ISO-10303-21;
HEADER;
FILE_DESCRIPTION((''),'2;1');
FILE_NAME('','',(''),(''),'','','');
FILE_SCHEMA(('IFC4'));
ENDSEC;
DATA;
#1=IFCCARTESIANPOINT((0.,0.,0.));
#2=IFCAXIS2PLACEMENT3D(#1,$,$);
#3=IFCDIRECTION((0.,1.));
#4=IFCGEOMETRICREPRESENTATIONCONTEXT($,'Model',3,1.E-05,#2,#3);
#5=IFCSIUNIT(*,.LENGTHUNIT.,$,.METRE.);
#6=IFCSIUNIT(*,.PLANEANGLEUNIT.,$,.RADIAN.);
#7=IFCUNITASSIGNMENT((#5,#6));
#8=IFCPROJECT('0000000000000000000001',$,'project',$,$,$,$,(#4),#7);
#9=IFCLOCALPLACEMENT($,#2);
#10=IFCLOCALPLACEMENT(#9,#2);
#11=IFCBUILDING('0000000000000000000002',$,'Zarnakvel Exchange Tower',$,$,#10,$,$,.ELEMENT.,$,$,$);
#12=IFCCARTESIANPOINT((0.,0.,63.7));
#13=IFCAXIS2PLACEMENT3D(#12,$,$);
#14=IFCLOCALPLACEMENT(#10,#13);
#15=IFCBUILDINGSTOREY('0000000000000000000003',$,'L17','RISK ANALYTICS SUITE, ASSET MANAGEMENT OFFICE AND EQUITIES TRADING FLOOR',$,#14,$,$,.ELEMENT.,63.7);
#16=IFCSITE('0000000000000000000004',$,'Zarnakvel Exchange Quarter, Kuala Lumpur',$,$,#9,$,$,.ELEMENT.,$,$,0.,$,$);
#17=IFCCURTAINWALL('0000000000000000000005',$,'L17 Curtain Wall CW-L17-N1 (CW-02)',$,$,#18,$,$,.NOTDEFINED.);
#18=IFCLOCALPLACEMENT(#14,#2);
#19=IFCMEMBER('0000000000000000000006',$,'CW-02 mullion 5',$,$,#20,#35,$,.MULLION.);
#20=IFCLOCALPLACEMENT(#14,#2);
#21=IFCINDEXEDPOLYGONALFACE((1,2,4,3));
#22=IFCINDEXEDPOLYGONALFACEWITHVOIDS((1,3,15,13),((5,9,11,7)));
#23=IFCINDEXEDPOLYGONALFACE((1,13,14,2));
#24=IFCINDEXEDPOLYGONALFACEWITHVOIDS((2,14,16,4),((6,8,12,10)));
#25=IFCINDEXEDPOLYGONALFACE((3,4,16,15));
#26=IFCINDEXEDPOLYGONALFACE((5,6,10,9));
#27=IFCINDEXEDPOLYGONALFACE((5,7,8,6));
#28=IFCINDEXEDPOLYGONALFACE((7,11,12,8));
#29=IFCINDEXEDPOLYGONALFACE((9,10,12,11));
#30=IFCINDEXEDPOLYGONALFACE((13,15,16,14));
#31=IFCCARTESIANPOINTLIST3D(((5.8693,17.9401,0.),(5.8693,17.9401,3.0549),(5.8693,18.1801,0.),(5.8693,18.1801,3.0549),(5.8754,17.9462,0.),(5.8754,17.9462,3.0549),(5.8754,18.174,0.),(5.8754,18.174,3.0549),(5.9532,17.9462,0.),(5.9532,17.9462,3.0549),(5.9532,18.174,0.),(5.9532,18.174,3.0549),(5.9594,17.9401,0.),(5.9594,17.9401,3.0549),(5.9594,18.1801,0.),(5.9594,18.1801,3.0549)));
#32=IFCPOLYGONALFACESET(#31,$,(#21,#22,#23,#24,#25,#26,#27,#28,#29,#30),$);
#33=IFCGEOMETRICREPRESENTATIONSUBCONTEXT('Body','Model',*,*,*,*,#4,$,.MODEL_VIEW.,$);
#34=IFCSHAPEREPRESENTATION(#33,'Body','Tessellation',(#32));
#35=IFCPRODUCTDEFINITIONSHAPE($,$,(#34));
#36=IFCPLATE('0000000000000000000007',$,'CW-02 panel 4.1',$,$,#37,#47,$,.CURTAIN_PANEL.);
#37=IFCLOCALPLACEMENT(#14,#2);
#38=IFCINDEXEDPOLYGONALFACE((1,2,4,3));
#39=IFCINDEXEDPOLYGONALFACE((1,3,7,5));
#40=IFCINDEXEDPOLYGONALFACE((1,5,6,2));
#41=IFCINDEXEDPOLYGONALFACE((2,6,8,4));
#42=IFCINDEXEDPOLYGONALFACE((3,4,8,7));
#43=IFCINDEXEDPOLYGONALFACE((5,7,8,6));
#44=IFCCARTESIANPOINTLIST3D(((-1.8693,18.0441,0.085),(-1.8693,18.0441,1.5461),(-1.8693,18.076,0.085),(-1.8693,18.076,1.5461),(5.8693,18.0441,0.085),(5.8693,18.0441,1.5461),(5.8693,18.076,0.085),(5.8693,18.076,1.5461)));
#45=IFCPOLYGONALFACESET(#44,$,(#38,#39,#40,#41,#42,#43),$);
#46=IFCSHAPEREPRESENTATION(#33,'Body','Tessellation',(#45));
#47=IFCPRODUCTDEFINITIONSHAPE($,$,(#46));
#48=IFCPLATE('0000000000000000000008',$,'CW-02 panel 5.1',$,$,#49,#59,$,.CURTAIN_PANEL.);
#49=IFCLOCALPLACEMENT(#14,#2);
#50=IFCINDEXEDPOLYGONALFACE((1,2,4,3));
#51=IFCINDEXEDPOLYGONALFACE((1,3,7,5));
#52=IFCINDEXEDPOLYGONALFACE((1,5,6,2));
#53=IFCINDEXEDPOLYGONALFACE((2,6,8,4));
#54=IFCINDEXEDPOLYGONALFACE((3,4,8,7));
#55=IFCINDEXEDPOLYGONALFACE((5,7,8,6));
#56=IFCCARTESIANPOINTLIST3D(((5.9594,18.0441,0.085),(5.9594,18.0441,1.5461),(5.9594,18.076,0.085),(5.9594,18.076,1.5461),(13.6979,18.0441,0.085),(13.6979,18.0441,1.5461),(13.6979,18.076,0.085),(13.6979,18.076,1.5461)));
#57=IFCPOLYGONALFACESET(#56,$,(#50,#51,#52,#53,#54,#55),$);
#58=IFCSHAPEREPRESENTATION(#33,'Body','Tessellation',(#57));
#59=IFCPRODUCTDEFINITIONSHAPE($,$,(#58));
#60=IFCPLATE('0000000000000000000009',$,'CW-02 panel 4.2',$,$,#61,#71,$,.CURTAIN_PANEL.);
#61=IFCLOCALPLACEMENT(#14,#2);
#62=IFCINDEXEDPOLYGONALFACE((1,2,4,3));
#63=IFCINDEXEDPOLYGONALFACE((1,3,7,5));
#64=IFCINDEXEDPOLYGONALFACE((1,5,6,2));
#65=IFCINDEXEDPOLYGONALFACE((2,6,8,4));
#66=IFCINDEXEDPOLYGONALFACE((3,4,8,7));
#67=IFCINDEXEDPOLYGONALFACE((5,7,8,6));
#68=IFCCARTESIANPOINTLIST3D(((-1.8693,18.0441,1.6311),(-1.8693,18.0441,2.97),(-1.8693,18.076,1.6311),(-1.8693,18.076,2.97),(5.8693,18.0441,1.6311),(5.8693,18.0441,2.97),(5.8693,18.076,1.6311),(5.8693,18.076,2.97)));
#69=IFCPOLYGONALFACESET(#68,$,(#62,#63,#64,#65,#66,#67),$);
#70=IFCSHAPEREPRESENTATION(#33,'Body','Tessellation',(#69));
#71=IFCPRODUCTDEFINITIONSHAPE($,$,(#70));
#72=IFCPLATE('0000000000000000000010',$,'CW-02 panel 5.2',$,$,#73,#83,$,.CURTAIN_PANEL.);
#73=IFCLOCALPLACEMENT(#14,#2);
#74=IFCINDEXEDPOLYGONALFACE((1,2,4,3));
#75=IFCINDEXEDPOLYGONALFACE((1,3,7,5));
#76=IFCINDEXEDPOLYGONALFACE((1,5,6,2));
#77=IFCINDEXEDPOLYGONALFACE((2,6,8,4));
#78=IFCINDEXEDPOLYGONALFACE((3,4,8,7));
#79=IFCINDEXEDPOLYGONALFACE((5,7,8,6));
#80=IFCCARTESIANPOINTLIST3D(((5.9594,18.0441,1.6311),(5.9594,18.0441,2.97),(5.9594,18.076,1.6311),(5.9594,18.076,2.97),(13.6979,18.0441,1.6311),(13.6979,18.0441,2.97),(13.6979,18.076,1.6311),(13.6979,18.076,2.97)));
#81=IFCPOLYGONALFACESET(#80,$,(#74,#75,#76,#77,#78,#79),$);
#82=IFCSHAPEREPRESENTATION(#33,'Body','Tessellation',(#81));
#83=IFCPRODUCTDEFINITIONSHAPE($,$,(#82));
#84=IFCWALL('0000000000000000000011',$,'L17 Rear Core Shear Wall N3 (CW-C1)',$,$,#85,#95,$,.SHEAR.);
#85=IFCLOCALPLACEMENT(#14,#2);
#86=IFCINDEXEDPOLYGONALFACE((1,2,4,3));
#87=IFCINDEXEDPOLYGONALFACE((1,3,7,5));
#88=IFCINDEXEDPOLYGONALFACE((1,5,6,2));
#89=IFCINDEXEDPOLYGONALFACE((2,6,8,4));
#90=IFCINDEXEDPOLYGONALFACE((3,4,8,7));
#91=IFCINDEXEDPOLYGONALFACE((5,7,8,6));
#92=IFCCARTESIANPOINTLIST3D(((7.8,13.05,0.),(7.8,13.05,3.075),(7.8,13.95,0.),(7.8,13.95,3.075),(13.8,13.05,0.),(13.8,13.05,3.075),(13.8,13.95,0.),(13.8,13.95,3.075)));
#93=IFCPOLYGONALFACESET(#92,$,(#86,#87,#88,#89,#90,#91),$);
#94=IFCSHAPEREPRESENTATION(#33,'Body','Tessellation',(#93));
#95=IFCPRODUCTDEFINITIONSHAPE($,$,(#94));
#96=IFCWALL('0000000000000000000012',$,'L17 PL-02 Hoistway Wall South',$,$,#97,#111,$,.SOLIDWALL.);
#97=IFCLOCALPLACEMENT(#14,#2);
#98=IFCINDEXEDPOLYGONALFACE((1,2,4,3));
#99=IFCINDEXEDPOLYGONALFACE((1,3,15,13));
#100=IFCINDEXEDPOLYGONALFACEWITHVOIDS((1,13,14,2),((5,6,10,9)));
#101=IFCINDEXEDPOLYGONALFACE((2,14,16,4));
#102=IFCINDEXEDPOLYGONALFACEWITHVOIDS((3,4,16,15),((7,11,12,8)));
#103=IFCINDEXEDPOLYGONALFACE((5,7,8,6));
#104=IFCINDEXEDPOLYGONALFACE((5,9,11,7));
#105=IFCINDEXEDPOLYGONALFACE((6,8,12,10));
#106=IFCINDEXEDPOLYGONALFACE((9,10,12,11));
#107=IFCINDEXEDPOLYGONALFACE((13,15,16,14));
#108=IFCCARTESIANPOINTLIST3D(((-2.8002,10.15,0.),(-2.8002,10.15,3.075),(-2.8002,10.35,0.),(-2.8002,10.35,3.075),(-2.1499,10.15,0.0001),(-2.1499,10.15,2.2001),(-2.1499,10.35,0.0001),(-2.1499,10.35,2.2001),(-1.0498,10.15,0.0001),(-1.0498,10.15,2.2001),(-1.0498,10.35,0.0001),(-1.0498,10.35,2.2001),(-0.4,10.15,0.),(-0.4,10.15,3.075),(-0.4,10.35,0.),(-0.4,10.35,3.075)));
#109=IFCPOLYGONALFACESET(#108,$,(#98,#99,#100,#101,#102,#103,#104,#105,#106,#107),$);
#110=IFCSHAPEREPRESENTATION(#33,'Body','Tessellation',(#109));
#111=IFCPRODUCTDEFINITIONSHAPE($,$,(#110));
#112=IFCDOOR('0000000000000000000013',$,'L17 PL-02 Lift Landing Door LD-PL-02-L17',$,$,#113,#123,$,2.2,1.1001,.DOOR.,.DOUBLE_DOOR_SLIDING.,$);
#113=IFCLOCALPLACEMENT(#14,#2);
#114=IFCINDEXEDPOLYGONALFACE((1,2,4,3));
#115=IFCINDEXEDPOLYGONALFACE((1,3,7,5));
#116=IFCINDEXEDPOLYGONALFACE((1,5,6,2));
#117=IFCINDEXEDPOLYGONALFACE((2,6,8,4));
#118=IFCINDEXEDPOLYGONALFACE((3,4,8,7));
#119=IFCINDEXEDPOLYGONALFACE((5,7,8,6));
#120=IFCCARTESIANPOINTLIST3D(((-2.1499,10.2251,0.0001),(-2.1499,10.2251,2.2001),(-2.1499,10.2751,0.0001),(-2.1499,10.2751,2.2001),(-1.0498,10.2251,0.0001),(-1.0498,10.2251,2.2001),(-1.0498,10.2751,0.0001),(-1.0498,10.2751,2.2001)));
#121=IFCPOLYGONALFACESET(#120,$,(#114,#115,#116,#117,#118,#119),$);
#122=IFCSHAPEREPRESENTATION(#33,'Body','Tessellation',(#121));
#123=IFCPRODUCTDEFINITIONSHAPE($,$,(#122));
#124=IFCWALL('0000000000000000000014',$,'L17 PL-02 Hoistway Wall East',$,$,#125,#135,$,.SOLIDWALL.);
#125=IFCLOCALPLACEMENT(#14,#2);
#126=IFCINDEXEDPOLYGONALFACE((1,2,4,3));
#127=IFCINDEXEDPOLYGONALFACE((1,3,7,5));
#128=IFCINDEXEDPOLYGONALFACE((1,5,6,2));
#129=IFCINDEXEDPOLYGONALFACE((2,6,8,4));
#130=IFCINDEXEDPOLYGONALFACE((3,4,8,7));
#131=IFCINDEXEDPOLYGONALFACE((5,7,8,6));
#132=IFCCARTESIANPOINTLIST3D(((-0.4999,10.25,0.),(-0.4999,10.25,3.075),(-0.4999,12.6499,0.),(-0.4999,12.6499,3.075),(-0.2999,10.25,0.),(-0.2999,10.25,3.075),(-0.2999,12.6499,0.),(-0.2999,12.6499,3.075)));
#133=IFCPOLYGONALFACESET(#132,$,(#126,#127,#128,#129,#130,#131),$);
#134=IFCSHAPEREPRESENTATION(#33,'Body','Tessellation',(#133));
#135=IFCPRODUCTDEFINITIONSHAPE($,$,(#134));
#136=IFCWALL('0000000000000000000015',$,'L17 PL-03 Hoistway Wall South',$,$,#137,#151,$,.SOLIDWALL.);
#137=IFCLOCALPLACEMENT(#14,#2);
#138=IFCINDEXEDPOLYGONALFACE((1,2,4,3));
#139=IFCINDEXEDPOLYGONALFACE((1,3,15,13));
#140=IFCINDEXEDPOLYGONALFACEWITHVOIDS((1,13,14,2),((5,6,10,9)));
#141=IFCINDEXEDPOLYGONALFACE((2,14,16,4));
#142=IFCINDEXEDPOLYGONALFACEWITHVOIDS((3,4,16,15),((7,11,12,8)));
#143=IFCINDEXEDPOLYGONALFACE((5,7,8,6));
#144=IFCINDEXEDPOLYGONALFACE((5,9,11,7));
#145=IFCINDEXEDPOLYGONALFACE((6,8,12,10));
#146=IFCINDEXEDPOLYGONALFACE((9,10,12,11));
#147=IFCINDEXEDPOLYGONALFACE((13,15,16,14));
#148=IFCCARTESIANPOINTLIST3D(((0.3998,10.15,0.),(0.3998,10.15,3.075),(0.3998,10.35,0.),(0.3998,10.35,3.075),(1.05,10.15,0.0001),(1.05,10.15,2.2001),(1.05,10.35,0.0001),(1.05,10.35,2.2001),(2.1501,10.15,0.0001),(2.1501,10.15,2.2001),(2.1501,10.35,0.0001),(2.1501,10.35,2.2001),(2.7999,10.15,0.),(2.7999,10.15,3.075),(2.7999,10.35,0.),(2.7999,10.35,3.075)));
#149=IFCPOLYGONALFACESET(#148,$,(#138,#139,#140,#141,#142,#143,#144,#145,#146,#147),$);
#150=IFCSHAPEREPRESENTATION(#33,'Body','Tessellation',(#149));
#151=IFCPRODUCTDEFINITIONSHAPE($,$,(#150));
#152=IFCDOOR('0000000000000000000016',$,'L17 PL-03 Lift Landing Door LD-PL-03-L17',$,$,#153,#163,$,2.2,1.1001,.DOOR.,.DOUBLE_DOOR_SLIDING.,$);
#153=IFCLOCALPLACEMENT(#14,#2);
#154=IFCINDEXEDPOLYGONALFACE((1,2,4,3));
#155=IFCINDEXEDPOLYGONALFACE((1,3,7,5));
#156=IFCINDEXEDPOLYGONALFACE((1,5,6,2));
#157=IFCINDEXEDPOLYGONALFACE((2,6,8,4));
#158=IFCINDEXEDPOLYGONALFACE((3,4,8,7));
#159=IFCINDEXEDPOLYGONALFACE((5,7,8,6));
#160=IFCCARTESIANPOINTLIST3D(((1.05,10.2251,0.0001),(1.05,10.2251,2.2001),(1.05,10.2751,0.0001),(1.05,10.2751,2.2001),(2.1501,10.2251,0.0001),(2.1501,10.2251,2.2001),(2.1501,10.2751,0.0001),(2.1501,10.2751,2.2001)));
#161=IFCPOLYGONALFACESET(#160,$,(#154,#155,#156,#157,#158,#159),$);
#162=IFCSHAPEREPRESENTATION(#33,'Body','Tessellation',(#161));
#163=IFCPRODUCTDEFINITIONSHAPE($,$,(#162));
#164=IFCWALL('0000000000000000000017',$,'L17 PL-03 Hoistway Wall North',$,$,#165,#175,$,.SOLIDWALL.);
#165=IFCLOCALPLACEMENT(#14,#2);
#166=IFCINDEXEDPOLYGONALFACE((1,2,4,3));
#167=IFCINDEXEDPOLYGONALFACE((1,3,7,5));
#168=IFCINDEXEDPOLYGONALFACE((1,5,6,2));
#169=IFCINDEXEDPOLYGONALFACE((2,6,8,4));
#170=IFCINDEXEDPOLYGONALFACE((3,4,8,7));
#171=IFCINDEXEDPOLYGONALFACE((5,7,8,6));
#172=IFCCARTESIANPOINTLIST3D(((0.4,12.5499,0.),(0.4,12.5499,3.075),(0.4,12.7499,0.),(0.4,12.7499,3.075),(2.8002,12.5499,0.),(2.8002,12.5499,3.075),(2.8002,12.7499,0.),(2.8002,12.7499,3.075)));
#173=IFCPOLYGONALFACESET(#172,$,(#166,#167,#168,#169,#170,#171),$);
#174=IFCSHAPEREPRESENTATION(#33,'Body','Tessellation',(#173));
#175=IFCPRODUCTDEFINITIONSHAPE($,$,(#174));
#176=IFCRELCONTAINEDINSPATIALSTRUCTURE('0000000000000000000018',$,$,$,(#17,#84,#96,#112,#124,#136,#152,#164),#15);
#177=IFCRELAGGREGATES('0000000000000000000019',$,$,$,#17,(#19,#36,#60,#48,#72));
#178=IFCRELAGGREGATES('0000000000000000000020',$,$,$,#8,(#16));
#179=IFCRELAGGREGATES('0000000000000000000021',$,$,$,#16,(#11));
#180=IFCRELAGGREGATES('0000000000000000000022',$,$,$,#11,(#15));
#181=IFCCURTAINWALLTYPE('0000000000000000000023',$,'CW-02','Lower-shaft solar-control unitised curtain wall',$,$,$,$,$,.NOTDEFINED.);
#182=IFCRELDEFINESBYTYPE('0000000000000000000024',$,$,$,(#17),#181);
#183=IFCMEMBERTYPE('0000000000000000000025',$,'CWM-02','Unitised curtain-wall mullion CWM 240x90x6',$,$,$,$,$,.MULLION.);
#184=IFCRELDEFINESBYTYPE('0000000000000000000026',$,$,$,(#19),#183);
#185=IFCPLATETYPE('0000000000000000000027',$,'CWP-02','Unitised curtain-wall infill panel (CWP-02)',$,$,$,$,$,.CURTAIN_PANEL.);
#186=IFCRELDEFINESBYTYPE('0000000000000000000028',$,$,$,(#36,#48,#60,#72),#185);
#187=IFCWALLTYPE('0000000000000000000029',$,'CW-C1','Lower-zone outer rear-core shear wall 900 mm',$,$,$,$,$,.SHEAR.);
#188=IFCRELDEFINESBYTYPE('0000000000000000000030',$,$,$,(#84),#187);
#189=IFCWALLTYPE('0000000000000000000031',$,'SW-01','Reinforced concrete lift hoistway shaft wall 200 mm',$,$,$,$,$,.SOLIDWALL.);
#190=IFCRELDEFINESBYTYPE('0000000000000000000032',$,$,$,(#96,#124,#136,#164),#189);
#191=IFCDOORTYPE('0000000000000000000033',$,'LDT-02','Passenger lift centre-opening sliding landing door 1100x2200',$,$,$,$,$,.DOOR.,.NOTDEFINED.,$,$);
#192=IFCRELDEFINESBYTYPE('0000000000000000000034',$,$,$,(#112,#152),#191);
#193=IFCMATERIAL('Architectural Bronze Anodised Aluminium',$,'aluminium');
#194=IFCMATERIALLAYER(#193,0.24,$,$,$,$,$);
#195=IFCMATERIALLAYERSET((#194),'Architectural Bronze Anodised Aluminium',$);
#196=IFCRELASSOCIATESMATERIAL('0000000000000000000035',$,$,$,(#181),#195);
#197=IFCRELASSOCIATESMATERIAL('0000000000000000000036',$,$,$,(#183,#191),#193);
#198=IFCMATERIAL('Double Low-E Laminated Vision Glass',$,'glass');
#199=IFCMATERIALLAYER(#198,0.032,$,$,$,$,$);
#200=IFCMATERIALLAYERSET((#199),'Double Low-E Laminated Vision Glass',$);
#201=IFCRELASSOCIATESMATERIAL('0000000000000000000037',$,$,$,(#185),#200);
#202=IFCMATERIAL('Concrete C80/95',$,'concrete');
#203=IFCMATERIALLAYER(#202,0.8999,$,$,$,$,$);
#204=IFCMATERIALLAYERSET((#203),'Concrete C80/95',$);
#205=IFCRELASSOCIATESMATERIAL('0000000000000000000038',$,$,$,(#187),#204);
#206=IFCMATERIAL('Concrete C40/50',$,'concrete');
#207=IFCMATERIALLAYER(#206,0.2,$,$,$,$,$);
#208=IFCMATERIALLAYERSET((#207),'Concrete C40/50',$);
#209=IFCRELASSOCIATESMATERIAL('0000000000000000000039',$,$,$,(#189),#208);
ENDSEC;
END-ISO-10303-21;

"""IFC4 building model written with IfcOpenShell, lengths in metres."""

from ifc_helpers import new_model, si_unit, direction, frame, frame_2d, origin, origin_2d, place, context, subcontext, project, spatial, rectangle, hollow_rectangle, extrude, source, transform, mapped, material, layer, layer_set, material_profile, profile_set, type_object, element, fill, aggregate, save


model = new_model("IFC4")

# Units and contexts
model_context = context("Model", 3, precision=1e-05, world=origin(), true_north=direction((0.0, 1.0)))
body_context = subcontext(model_context, "Body", "Model", "MODEL_VIEW")
ifc_project = project(units=[si_unit("LENGTHUNIT", "METRE"), si_unit("PLANEANGLEUNIT", "RADIAN")], contexts=[model_context])

# Site, building, storey
site_placement = place(None, origin())
site = spatial("IfcSite", under=ifc_project, at=site_placement, Name="Zarnakvel Exchange Quarter, Kuala Lumpur", CompositionType="ELEMENT", RefElevation=0.0)
building_placement = place(site_placement, origin())
building = spatial("IfcBuilding", under=site, at=building_placement, Name="Zarnakvel Exchange Tower", CompositionType="ELEMENT")
storey_placement = place(building_placement, frame((0.0, 0.0, 63.7)))
storey = spatial("IfcBuildingStorey", under=building, at=storey_placement, Name="L17", Description="RISK ANALYTICS SUITE, ASSET MANAGEMENT OFFICE AND EQUITIES TRADING FLOOR", CompositionType="ELEMENT", Elevation=63.7)

# Shared definitions
ifc_material_1 = material(Name="Concrete C80/95", Category="concrete")

# Curtain wall, member, plates
ifc_material_2 = material(Name="Architectural Bronze Anodised Aluminium", Category="aluminium")
ifc_layer_1 = layer(ifc_material_2, 0.24)
ifc_layer_set_1 = layer_set([ifc_layer_1], Name="Architectural Bronze Anodised Aluminium")
curtain_wall_type = type_object("IfcCurtainWallType", Name="CW-02", Description="Lower-shaft solar-control unitised curtain wall", PredefinedType="NOTDEFINED", material=ifc_layer_set_1)
curtain_wall_placement = place(storey_placement, origin())
curtain_wall = element("IfcCurtainWall", 1, at=curtain_wall_placement, inside=storey, type_object=curtain_wall_type, Name="L17 Curtain Wall CW-L17-N1 (CW-02)", PredefinedType="NOTDEFINED")
ifc_material_profile_1 = material_profile(ifc_material_2, hollow_rectangle(XDim=0.24, YDim=0.0901, WallThickness=0.0061, at=origin_2d()))
ifc_profile_set_1 = profile_set([ifc_material_profile_1], Name="Architectural Bronze Anodised Aluminium")
member_type_1 = type_object("IfcMemberType", Name="CWM-02", Description="Unitised curtain-wall mullion CWM 240x90x6", PredefinedType="MULLION", material=ifc_profile_set_1)
shared_shape_1 = source(origin(), body_context, "Body", "SweptSolid", [
    extrude(hollow_rectangle(XDim=0.24, YDim=0.0901, WallThickness=0.0061, at=origin_2d()), origin(), (0.0, 0.0, 1.0), 3.0549),
])
member_1_placement = place(storey_placement, frame((5.9143, 18.0601, 0.0), z_axis=(0.0, 0.0, 1.0), x_axis=(0.0, 1.0, 0.0)))
member_1 = element("IfcMember", 2, at=member_1_placement, type_object=member_type_1, Name="CW-02 mullion 5", PredefinedType="MULLION", context=body_context, shape_type="MappedRepresentation", body=[
    mapped(shared_shape_1, transform((0.0, 0.0, 0.0), x_axis=(1.0, 0.0, 0.0), y_axis=(0.0, 1.0, 0.0), z_axis=(0.0, 0.0, 1.0), scale=1.0)),
])
ifc_material_3 = material(Name="Double Low-E Laminated Vision Glass", Category="glass")
ifc_layer_2 = layer(ifc_material_3, 0.032)
ifc_layer_set_2 = layer_set([ifc_layer_2], Name="Double Low-E Laminated Vision Glass")
plate_type = type_object("IfcPlateType", Name="CWP-02", Description="Unitised curtain-wall infill panel (CWP-02)", PredefinedType="CURTAIN_PANEL", material=ifc_layer_set_2)
shared_shape_2 = source(origin(), body_context, "Body", "SweptSolid", [
    extrude(rectangle(XDim=7.7385, YDim=0.032, at=origin_2d()), origin(), (0.0, 0.0, 1.0), 1.4612),
])
plate_1_placement = place(storey_placement, frame((2.0, 18.0601, 0.085), z_axis=(0.0, 0.0, 1.0), x_axis=(1.0, 0.0, 0.0)))
plate_1 = element("IfcPlate", 3, at=plate_1_placement, type_object=plate_type, Name="CW-02 panel 4.1", PredefinedType="CURTAIN_PANEL", context=body_context, shape_type="MappedRepresentation", body=[
    mapped(shared_shape_2, transform((0.0, 0.0, 0.0), x_axis=(1.0, 0.0, 0.0), y_axis=(0.0, 1.0, 0.0), z_axis=(0.0, 0.0, 1.0), scale=1.0)),
])
plate_2_placement = place(storey_placement, frame((9.8286, 18.0601, 0.085), z_axis=(0.0, 0.0, 1.0), x_axis=(1.0, 0.0, 0.0)))
plate_2 = element("IfcPlate", 4, at=plate_2_placement, type_object=plate_type, Name="CW-02 panel 5.1", PredefinedType="CURTAIN_PANEL", context=body_context, shape_type="MappedRepresentation", body=[
    mapped(shared_shape_2, transform((0.0, 0.0, 0.0), x_axis=(1.0, 0.0, 0.0), y_axis=(0.0, 1.0, 0.0), z_axis=(0.0, 0.0, 1.0), scale=1.0)),
])
shared_shape_3 = source(origin(), body_context, "Body", "SweptSolid", [
    extrude(rectangle(XDim=7.7385, YDim=0.032, at=origin_2d()), origin(), (0.0, 0.0, 1.0), 1.3389),
])
plate_3_placement = place(storey_placement, frame((2.0, 18.0601, 1.6311), z_axis=(0.0, 0.0, 1.0), x_axis=(1.0, 0.0, 0.0)))
plate_3 = element("IfcPlate", 5, at=plate_3_placement, type_object=plate_type, Name="CW-02 panel 4.2", PredefinedType="CURTAIN_PANEL", context=body_context, shape_type="MappedRepresentation", body=[
    mapped(shared_shape_3, transform((0.0, 0.0, 0.0), x_axis=(1.0, 0.0, 0.0), y_axis=(0.0, 1.0, 0.0), z_axis=(0.0, 0.0, 1.0), scale=1.0)),
])
plate_4_placement = place(storey_placement, frame((9.8286, 18.0601, 1.6311), z_axis=(0.0, 0.0, 1.0), x_axis=(1.0, 0.0, 0.0)))
plate_4 = element("IfcPlate", 6, at=plate_4_placement, type_object=plate_type, Name="CW-02 panel 5.2", PredefinedType="CURTAIN_PANEL", context=body_context, shape_type="MappedRepresentation", body=[
    mapped(shared_shape_3, transform((0.0, 0.0, 0.0), x_axis=(1.0, 0.0, 0.0), y_axis=(0.0, 1.0, 0.0), z_axis=(0.0, 0.0, 1.0), scale=1.0)),
])
aggregate(curtain_wall, [member_1, plate_1, plate_3, plate_2, plate_4])

# Wall
ifc_layer_3 = layer(ifc_material_1, 0.8999)
ifc_layer_set_3 = layer_set([ifc_layer_3], Name="Concrete C80/95")
wall_type_1 = type_object("IfcWallType", Name="CW-C1", Description="Lower-zone outer rear-core shear wall 900 mm", PredefinedType="SHEAR", material=ifc_layer_set_3)
wall_1_placement = place(storey_placement, frame((7.8, 13.5, 0.0), z_axis=(0.0, 0.0, 1.0), x_axis=(1.0, 0.0, 0.0)))
element("IfcWall", 7, at=wall_1_placement, inside=storey, type_object=wall_type_1, Name="L17 Rear Core Shear Wall N3 (CW-C1)", PredefinedType="SHEAR", context=body_context, shape_type="SweptSolid", body=[
    extrude(rectangle(XDim=6.0, YDim=0.8999, at=frame_2d((3.0, 0.0))), origin(), (0.0, 0.0, 1.0), 3.075),
])

# Wall, opening, door
ifc_material_4 = material(Name="Concrete C40/50", Category="concrete")
ifc_layer_4 = layer(ifc_material_4, 0.2)
ifc_layer_set_4 = layer_set([ifc_layer_4], Name="Concrete C40/50")
wall_type_2 = type_object("IfcWallType", Name="SW-01", Description="Reinforced concrete lift hoistway shaft wall 200 mm", PredefinedType="SOLIDWALL", material=ifc_layer_set_4)
wall_2_placement = place(storey_placement, frame((-0.3999, 10.25, 0.0), z_axis=(0.0, 0.0, 1.0), x_axis=(-1.0, 0.0, 0.0)))
wall_2 = element("IfcWall", 8, at=wall_2_placement, inside=storey, type_object=wall_type_2, Name="L17 PL-02 Hoistway Wall South", PredefinedType="SOLIDWALL", context=body_context, shape_type="SweptSolid", body=[
    extrude(rectangle(XDim=2.4001, YDim=0.2, at=frame_2d((1.2002, 0.0))), origin(), (0.0, 0.0, 1.0), 3.075),
])
opening_1_placement = place(wall_2_placement, frame((0.6499, 0.0, 0.0)))
opening_1 = element("IfcOpeningElement", 9, at=opening_1_placement, cuts=wall_2, PredefinedType="OPENING", context=body_context, shape_type="SweptSolid", body=[
    extrude(rectangle(XDim=1.1001, YDim=2.2, at=frame_2d((0.55, 1.1001))), frame((0.0, 0.1099, 0.0), z_axis=(0.0, -1.0, 0.0), x_axis=(1.0, 0.0, 0.0)), (0.0, 0.0, 1.0), 0.22),
])
door_type = type_object("IfcDoorType", Name="LDT-02", Description="Passenger lift centre-opening sliding landing door 1100x2200", OperationType="NOTDEFINED", PredefinedType="DOOR", material=ifc_material_2)
shared_shape_4 = source(origin(), body_context, "Body", "SweptSolid", [
    extrude(rectangle(XDim=1.1001, YDim=2.2, at=frame_2d((0.55, 1.1001))), frame((0.0, 0.0249, 0.0), z_axis=(0.0, -1.0, 0.0), x_axis=(1.0, 0.0, 0.0)), (0.0, 0.0, 1.0), 0.05),
])
door_1_placement = place(opening_1_placement, origin())
door_1 = element("IfcDoor", 10, at=door_1_placement, inside=storey, type_object=door_type, Name="L17 PL-02 Lift Landing Door LD-PL-02-L17", OperationType="DOUBLE_DOOR_SLIDING", OverallHeight=2.2, OverallWidth=1.1001, PredefinedType="DOOR", context=body_context, shape_type="MappedRepresentation", body=[
    mapped(shared_shape_4, transform((0.0, 0.0, 0.0), x_axis=(1.0, 0.0, 0.0), y_axis=(0.0, 1.0, 0.0), z_axis=(0.0, 0.0, 1.0), scale=1.0)),
])
fill(opening_1, door_1)

# Wall
wall_3_placement = place(storey_placement, frame((-0.3999, 12.6499, 0.0), z_axis=(0.0, 0.0, 1.0), x_axis=(0.0, -1.0, 0.0)))
element("IfcWall", 11, at=wall_3_placement, inside=storey, type_object=wall_type_2, Name="L17 PL-02 Hoistway Wall East", PredefinedType="SOLIDWALL", context=body_context, shape_type="SweptSolid", body=[
    extrude(rectangle(XDim=2.3999, YDim=0.2, at=frame_2d((1.2, 0.0))), origin(), (0.0, 0.0, 1.0), 3.075),
])

# Wall, opening, door
wall_4_placement = place(storey_placement, frame((2.8, 10.25, 0.0), z_axis=(0.0, 0.0, 1.0), x_axis=(-1.0, 0.0, 0.0)))
wall_4 = element("IfcWall", 12, at=wall_4_placement, inside=storey, type_object=wall_type_2, Name="L17 PL-03 Hoistway Wall South", PredefinedType="SOLIDWALL", context=body_context, shape_type="SweptSolid", body=[
    extrude(rectangle(XDim=2.4001, YDim=0.2, at=frame_2d((1.2002, 0.0))), origin(), (0.0, 0.0, 1.0), 3.075),
])
opening_2_placement = place(wall_4_placement, frame((0.6499, 0.0, 0.0)))
opening_2 = element("IfcOpeningElement", 13, at=opening_2_placement, cuts=wall_4, PredefinedType="OPENING", context=body_context, shape_type="SweptSolid", body=[
    extrude(rectangle(XDim=1.1001, YDim=2.2, at=frame_2d((0.55, 1.1001))), frame((0.0, 0.1099, 0.0), z_axis=(0.0, -1.0, 0.0), x_axis=(1.0, 0.0, 0.0)), (0.0, 0.0, 1.0), 0.22),
])
door_2_placement = place(opening_2_placement, origin())
door_2 = element("IfcDoor", 14, at=door_2_placement, inside=storey, type_object=door_type, Name="L17 PL-03 Lift Landing Door LD-PL-03-L17", OperationType="DOUBLE_DOOR_SLIDING", OverallHeight=2.2, OverallWidth=1.1001, PredefinedType="DOOR", context=body_context, shape_type="MappedRepresentation", body=[
    mapped(shared_shape_4, transform((0.0, 0.0, 0.0), x_axis=(1.0, 0.0, 0.0), y_axis=(0.0, 1.0, 0.0), z_axis=(0.0, 0.0, 1.0), scale=1.0)),
])
fill(opening_2, door_2)

# Wall
wall_5_placement = place(storey_placement, frame((0.3999, 12.6499, 0.0), z_axis=(0.0, 0.0, 1.0), x_axis=(1.0, 0.0, 0.0)))
element("IfcWall", 15, at=wall_5_placement, inside=storey, type_object=wall_type_2, Name="L17 PL-03 Hoistway Wall North", PredefinedType="SOLIDWALL", context=body_context, shape_type="SweptSolid", body=[
    extrude(rectangle(XDim=2.4001, YDim=0.2, at=frame_2d((1.2002, 0.0))), origin(), (0.0, 0.0, 1.0), 3.075),
])

save(model, "model.ifc")
